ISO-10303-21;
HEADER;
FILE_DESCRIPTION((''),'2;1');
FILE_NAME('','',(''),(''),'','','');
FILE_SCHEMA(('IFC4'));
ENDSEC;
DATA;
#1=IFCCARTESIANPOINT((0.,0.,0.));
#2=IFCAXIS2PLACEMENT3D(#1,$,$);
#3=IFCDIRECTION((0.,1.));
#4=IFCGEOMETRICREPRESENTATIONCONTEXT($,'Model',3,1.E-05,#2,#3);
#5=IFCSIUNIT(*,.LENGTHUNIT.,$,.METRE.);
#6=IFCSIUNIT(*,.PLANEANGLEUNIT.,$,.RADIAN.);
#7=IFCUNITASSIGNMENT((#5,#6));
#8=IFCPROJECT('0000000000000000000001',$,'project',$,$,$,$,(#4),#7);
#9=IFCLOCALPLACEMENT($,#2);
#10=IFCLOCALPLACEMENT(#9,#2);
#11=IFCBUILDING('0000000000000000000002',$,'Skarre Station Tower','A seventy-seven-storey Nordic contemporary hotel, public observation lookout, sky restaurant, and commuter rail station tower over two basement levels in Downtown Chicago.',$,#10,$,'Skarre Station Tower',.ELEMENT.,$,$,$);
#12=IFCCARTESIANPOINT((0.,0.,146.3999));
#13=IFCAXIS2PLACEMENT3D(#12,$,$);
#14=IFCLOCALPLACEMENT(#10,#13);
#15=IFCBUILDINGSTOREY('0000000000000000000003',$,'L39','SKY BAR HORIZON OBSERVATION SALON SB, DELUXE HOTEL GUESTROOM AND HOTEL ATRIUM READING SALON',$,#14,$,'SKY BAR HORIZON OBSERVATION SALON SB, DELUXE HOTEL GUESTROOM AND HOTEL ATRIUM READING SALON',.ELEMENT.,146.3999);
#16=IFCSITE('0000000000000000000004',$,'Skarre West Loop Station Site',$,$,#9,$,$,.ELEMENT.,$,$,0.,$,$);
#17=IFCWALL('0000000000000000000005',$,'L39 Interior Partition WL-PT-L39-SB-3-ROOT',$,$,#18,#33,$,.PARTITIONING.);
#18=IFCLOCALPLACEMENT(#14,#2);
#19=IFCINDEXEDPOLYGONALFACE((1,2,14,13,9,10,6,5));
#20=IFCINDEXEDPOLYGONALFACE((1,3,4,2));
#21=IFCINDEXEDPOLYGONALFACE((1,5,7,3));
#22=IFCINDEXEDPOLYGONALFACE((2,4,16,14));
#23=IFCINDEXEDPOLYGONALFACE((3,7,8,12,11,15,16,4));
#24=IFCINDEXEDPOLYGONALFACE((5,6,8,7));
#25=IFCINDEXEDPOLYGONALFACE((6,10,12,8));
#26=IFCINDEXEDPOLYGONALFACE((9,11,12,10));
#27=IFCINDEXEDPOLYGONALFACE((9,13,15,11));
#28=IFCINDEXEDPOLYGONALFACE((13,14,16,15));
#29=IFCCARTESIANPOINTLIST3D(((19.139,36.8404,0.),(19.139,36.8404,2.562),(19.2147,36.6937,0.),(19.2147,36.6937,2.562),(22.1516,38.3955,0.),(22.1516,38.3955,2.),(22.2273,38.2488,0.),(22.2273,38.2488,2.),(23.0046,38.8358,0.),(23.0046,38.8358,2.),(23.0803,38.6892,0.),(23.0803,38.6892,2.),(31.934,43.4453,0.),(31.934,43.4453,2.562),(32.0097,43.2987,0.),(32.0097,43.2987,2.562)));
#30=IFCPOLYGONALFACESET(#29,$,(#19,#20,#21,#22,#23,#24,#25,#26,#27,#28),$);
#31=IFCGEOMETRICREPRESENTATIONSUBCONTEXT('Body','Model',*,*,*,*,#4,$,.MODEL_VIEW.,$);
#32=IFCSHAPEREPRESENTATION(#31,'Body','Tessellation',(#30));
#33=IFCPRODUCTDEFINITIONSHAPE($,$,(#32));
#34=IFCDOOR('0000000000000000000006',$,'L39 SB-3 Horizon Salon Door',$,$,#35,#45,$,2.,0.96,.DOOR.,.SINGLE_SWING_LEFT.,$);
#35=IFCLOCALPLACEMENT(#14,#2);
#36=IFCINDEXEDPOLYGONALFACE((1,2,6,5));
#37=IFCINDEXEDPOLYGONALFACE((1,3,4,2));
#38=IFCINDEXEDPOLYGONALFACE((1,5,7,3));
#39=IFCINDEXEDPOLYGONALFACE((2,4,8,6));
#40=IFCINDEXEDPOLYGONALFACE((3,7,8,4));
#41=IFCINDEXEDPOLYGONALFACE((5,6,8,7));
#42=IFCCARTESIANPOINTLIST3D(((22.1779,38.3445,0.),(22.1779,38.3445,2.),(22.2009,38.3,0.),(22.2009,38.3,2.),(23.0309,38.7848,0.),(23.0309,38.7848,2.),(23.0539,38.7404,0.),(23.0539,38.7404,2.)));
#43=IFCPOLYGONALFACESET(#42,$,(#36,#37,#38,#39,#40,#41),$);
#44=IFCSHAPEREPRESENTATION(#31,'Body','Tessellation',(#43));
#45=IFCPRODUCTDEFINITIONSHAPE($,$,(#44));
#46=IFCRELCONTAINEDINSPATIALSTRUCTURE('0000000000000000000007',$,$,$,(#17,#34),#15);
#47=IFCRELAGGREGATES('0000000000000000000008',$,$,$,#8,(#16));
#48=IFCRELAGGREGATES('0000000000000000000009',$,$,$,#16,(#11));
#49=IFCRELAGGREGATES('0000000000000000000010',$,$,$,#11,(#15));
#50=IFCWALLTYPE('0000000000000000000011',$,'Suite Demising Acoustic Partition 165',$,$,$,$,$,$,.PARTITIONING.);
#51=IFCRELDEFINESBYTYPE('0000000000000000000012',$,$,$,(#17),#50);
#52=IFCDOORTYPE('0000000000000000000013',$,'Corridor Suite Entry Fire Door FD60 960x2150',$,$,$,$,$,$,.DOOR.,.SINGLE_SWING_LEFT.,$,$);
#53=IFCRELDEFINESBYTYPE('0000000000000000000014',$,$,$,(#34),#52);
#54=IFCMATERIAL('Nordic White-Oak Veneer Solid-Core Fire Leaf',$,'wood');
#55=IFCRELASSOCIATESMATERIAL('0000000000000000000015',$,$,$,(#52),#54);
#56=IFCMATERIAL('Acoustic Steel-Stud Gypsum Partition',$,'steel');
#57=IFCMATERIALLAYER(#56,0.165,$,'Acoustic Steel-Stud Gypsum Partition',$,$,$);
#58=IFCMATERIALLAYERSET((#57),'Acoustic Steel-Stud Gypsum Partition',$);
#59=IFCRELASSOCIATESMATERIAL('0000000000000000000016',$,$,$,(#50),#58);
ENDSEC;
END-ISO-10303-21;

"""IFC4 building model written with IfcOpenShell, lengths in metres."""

from ifc_helpers import new_model, si_unit, direction, frame, frame_2d, origin, place, context, subcontext, project, spatial, rectangle, extrude, material, layer, layer_set, type_object, element, fill, save


model = new_model("IFC4")

# Units and contexts
model_context = context("Model", 3, precision=1e-05, world=origin(), true_north=direction((0.0, 1.0)))
body_context = subcontext(model_context, "Body", "Model", "MODEL_VIEW")
ifc_project = project(units=[si_unit("LENGTHUNIT", "METRE"), si_unit("PLANEANGLEUNIT", "RADIAN")], contexts=[model_context])

# Site, building, storey
site_placement = place(None, origin())
site = spatial("IfcSite", under=ifc_project, at=site_placement, Name="Skarre West Loop Station Site", CompositionType="ELEMENT", RefElevation=0.0)
building_placement = place(site_placement, origin())
building = spatial("IfcBuilding", under=site, at=building_placement, Name="Skarre Station Tower", Description="A seventy-seven-storey Nordic contemporary hotel, public observation lookout, sky restaurant, and commuter rail station tower over two basement levels in Downtown Chicago.", LongName="Skarre Station Tower", CompositionType="ELEMENT")
storey_placement = place(building_placement, frame((0.0, 0.0, 146.3999)))
storey = spatial("IfcBuildingStorey", under=building, at=storey_placement, Name="L39", Description="SKY BAR HORIZON OBSERVATION SALON SB, DELUXE HOTEL GUESTROOM AND HOTEL ATRIUM READING SALON", LongName="SKY BAR HORIZON OBSERVATION SALON SB, DELUXE HOTEL GUESTROOM AND HOTEL ATRIUM READING SALON", CompositionType="ELEMENT", Elevation=146.3999)

# Shared definitions
ifc_material_1 = material(Name="Acoustic Steel-Stud Gypsum Partition", Category="steel")
ifc_material_2 = material(Name="Nordic White-Oak Veneer Solid-Core Fire Leaf", Category="wood")
door_type = type_object("IfcDoorType", Name="Corridor Suite Entry Fire Door FD60 960x2150", OperationType="SINGLE_SWING_LEFT", PredefinedType="DOOR", material=ifc_material_2)

# Wall, opening, door
ifc_layer_1 = layer(ifc_material_1, 0.165, Name="Acoustic Steel-Stud Gypsum Partition")
ifc_layer_set_1 = layer_set([ifc_layer_1], Name="Acoustic Steel-Stud Gypsum Partition")
wall_type_1 = type_object("IfcWallType", Name="Suite Demising Acoustic Partition 165", PredefinedType="PARTITIONING", material=ifc_layer_set_1)
wall_1_placement = place(storey_placement, frame((31.9719, 43.3721, 0.0), z_axis=(0.0, 0.0, 1.0), x_axis=(-0.888588, -0.458706, 0.0)))
wall_1 = element("IfcWall", 1, at=wall_1_placement, inside=storey, type_object=wall_type_1, Name="L39 Interior Partition WL-PT-L39-SB-3-ROOT", PredefinedType="PARTITIONING", context=body_context, shape_type="SweptSolid", body=[
    extrude(rectangle(XDim=14.3992, YDim=0.165, at=frame_2d((7.1997, 0.0))), origin(), (0.0, 0.0, 1.0), 2.562),
])
opening_1_placement = place(wall_1_placement, frame((10.0491, 0.0, 0.0)))
opening_1 = element("IfcOpeningElement", 2, at=opening_1_placement, cuts=wall_1, PredefinedType="OPENING", context=body_context, shape_type="SweptSolid", body=[
    extrude(rectangle(XDim=0.96, YDim=2.0, at=frame_2d((0.48, 1.0))), frame((0.0, 0.0925, 0.0), z_axis=(0.0, -1.0, 0.0), x_axis=(1.0, 0.0, 0.0)), (0.0, 0.0, 1.0), 0.1851),
])
door_1_placement = place(opening_1_placement, origin())
door_1 = element("IfcDoor", 3, at=door_1_placement, inside=storey, type_object=door_type, Name="L39 SB-3 Horizon Salon Door", OperationType="SINGLE_SWING_LEFT", OverallHeight=2.0, OverallWidth=0.96, PredefinedType="DOOR", context=body_context, shape_type="SweptSolid", body=[
    extrude(rectangle(XDim=0.96, YDim=2.0, at=frame_2d((0.48, 1.0))), frame((0.0, 0.0249, 0.0), z_axis=(0.0, -1.0, 0.0), x_axis=(1.0, 0.0, 0.0)), (0.0, 0.0, 1.0), 0.05),
])
fill(opening_1, door_1)

save(model, "model.ifc")
